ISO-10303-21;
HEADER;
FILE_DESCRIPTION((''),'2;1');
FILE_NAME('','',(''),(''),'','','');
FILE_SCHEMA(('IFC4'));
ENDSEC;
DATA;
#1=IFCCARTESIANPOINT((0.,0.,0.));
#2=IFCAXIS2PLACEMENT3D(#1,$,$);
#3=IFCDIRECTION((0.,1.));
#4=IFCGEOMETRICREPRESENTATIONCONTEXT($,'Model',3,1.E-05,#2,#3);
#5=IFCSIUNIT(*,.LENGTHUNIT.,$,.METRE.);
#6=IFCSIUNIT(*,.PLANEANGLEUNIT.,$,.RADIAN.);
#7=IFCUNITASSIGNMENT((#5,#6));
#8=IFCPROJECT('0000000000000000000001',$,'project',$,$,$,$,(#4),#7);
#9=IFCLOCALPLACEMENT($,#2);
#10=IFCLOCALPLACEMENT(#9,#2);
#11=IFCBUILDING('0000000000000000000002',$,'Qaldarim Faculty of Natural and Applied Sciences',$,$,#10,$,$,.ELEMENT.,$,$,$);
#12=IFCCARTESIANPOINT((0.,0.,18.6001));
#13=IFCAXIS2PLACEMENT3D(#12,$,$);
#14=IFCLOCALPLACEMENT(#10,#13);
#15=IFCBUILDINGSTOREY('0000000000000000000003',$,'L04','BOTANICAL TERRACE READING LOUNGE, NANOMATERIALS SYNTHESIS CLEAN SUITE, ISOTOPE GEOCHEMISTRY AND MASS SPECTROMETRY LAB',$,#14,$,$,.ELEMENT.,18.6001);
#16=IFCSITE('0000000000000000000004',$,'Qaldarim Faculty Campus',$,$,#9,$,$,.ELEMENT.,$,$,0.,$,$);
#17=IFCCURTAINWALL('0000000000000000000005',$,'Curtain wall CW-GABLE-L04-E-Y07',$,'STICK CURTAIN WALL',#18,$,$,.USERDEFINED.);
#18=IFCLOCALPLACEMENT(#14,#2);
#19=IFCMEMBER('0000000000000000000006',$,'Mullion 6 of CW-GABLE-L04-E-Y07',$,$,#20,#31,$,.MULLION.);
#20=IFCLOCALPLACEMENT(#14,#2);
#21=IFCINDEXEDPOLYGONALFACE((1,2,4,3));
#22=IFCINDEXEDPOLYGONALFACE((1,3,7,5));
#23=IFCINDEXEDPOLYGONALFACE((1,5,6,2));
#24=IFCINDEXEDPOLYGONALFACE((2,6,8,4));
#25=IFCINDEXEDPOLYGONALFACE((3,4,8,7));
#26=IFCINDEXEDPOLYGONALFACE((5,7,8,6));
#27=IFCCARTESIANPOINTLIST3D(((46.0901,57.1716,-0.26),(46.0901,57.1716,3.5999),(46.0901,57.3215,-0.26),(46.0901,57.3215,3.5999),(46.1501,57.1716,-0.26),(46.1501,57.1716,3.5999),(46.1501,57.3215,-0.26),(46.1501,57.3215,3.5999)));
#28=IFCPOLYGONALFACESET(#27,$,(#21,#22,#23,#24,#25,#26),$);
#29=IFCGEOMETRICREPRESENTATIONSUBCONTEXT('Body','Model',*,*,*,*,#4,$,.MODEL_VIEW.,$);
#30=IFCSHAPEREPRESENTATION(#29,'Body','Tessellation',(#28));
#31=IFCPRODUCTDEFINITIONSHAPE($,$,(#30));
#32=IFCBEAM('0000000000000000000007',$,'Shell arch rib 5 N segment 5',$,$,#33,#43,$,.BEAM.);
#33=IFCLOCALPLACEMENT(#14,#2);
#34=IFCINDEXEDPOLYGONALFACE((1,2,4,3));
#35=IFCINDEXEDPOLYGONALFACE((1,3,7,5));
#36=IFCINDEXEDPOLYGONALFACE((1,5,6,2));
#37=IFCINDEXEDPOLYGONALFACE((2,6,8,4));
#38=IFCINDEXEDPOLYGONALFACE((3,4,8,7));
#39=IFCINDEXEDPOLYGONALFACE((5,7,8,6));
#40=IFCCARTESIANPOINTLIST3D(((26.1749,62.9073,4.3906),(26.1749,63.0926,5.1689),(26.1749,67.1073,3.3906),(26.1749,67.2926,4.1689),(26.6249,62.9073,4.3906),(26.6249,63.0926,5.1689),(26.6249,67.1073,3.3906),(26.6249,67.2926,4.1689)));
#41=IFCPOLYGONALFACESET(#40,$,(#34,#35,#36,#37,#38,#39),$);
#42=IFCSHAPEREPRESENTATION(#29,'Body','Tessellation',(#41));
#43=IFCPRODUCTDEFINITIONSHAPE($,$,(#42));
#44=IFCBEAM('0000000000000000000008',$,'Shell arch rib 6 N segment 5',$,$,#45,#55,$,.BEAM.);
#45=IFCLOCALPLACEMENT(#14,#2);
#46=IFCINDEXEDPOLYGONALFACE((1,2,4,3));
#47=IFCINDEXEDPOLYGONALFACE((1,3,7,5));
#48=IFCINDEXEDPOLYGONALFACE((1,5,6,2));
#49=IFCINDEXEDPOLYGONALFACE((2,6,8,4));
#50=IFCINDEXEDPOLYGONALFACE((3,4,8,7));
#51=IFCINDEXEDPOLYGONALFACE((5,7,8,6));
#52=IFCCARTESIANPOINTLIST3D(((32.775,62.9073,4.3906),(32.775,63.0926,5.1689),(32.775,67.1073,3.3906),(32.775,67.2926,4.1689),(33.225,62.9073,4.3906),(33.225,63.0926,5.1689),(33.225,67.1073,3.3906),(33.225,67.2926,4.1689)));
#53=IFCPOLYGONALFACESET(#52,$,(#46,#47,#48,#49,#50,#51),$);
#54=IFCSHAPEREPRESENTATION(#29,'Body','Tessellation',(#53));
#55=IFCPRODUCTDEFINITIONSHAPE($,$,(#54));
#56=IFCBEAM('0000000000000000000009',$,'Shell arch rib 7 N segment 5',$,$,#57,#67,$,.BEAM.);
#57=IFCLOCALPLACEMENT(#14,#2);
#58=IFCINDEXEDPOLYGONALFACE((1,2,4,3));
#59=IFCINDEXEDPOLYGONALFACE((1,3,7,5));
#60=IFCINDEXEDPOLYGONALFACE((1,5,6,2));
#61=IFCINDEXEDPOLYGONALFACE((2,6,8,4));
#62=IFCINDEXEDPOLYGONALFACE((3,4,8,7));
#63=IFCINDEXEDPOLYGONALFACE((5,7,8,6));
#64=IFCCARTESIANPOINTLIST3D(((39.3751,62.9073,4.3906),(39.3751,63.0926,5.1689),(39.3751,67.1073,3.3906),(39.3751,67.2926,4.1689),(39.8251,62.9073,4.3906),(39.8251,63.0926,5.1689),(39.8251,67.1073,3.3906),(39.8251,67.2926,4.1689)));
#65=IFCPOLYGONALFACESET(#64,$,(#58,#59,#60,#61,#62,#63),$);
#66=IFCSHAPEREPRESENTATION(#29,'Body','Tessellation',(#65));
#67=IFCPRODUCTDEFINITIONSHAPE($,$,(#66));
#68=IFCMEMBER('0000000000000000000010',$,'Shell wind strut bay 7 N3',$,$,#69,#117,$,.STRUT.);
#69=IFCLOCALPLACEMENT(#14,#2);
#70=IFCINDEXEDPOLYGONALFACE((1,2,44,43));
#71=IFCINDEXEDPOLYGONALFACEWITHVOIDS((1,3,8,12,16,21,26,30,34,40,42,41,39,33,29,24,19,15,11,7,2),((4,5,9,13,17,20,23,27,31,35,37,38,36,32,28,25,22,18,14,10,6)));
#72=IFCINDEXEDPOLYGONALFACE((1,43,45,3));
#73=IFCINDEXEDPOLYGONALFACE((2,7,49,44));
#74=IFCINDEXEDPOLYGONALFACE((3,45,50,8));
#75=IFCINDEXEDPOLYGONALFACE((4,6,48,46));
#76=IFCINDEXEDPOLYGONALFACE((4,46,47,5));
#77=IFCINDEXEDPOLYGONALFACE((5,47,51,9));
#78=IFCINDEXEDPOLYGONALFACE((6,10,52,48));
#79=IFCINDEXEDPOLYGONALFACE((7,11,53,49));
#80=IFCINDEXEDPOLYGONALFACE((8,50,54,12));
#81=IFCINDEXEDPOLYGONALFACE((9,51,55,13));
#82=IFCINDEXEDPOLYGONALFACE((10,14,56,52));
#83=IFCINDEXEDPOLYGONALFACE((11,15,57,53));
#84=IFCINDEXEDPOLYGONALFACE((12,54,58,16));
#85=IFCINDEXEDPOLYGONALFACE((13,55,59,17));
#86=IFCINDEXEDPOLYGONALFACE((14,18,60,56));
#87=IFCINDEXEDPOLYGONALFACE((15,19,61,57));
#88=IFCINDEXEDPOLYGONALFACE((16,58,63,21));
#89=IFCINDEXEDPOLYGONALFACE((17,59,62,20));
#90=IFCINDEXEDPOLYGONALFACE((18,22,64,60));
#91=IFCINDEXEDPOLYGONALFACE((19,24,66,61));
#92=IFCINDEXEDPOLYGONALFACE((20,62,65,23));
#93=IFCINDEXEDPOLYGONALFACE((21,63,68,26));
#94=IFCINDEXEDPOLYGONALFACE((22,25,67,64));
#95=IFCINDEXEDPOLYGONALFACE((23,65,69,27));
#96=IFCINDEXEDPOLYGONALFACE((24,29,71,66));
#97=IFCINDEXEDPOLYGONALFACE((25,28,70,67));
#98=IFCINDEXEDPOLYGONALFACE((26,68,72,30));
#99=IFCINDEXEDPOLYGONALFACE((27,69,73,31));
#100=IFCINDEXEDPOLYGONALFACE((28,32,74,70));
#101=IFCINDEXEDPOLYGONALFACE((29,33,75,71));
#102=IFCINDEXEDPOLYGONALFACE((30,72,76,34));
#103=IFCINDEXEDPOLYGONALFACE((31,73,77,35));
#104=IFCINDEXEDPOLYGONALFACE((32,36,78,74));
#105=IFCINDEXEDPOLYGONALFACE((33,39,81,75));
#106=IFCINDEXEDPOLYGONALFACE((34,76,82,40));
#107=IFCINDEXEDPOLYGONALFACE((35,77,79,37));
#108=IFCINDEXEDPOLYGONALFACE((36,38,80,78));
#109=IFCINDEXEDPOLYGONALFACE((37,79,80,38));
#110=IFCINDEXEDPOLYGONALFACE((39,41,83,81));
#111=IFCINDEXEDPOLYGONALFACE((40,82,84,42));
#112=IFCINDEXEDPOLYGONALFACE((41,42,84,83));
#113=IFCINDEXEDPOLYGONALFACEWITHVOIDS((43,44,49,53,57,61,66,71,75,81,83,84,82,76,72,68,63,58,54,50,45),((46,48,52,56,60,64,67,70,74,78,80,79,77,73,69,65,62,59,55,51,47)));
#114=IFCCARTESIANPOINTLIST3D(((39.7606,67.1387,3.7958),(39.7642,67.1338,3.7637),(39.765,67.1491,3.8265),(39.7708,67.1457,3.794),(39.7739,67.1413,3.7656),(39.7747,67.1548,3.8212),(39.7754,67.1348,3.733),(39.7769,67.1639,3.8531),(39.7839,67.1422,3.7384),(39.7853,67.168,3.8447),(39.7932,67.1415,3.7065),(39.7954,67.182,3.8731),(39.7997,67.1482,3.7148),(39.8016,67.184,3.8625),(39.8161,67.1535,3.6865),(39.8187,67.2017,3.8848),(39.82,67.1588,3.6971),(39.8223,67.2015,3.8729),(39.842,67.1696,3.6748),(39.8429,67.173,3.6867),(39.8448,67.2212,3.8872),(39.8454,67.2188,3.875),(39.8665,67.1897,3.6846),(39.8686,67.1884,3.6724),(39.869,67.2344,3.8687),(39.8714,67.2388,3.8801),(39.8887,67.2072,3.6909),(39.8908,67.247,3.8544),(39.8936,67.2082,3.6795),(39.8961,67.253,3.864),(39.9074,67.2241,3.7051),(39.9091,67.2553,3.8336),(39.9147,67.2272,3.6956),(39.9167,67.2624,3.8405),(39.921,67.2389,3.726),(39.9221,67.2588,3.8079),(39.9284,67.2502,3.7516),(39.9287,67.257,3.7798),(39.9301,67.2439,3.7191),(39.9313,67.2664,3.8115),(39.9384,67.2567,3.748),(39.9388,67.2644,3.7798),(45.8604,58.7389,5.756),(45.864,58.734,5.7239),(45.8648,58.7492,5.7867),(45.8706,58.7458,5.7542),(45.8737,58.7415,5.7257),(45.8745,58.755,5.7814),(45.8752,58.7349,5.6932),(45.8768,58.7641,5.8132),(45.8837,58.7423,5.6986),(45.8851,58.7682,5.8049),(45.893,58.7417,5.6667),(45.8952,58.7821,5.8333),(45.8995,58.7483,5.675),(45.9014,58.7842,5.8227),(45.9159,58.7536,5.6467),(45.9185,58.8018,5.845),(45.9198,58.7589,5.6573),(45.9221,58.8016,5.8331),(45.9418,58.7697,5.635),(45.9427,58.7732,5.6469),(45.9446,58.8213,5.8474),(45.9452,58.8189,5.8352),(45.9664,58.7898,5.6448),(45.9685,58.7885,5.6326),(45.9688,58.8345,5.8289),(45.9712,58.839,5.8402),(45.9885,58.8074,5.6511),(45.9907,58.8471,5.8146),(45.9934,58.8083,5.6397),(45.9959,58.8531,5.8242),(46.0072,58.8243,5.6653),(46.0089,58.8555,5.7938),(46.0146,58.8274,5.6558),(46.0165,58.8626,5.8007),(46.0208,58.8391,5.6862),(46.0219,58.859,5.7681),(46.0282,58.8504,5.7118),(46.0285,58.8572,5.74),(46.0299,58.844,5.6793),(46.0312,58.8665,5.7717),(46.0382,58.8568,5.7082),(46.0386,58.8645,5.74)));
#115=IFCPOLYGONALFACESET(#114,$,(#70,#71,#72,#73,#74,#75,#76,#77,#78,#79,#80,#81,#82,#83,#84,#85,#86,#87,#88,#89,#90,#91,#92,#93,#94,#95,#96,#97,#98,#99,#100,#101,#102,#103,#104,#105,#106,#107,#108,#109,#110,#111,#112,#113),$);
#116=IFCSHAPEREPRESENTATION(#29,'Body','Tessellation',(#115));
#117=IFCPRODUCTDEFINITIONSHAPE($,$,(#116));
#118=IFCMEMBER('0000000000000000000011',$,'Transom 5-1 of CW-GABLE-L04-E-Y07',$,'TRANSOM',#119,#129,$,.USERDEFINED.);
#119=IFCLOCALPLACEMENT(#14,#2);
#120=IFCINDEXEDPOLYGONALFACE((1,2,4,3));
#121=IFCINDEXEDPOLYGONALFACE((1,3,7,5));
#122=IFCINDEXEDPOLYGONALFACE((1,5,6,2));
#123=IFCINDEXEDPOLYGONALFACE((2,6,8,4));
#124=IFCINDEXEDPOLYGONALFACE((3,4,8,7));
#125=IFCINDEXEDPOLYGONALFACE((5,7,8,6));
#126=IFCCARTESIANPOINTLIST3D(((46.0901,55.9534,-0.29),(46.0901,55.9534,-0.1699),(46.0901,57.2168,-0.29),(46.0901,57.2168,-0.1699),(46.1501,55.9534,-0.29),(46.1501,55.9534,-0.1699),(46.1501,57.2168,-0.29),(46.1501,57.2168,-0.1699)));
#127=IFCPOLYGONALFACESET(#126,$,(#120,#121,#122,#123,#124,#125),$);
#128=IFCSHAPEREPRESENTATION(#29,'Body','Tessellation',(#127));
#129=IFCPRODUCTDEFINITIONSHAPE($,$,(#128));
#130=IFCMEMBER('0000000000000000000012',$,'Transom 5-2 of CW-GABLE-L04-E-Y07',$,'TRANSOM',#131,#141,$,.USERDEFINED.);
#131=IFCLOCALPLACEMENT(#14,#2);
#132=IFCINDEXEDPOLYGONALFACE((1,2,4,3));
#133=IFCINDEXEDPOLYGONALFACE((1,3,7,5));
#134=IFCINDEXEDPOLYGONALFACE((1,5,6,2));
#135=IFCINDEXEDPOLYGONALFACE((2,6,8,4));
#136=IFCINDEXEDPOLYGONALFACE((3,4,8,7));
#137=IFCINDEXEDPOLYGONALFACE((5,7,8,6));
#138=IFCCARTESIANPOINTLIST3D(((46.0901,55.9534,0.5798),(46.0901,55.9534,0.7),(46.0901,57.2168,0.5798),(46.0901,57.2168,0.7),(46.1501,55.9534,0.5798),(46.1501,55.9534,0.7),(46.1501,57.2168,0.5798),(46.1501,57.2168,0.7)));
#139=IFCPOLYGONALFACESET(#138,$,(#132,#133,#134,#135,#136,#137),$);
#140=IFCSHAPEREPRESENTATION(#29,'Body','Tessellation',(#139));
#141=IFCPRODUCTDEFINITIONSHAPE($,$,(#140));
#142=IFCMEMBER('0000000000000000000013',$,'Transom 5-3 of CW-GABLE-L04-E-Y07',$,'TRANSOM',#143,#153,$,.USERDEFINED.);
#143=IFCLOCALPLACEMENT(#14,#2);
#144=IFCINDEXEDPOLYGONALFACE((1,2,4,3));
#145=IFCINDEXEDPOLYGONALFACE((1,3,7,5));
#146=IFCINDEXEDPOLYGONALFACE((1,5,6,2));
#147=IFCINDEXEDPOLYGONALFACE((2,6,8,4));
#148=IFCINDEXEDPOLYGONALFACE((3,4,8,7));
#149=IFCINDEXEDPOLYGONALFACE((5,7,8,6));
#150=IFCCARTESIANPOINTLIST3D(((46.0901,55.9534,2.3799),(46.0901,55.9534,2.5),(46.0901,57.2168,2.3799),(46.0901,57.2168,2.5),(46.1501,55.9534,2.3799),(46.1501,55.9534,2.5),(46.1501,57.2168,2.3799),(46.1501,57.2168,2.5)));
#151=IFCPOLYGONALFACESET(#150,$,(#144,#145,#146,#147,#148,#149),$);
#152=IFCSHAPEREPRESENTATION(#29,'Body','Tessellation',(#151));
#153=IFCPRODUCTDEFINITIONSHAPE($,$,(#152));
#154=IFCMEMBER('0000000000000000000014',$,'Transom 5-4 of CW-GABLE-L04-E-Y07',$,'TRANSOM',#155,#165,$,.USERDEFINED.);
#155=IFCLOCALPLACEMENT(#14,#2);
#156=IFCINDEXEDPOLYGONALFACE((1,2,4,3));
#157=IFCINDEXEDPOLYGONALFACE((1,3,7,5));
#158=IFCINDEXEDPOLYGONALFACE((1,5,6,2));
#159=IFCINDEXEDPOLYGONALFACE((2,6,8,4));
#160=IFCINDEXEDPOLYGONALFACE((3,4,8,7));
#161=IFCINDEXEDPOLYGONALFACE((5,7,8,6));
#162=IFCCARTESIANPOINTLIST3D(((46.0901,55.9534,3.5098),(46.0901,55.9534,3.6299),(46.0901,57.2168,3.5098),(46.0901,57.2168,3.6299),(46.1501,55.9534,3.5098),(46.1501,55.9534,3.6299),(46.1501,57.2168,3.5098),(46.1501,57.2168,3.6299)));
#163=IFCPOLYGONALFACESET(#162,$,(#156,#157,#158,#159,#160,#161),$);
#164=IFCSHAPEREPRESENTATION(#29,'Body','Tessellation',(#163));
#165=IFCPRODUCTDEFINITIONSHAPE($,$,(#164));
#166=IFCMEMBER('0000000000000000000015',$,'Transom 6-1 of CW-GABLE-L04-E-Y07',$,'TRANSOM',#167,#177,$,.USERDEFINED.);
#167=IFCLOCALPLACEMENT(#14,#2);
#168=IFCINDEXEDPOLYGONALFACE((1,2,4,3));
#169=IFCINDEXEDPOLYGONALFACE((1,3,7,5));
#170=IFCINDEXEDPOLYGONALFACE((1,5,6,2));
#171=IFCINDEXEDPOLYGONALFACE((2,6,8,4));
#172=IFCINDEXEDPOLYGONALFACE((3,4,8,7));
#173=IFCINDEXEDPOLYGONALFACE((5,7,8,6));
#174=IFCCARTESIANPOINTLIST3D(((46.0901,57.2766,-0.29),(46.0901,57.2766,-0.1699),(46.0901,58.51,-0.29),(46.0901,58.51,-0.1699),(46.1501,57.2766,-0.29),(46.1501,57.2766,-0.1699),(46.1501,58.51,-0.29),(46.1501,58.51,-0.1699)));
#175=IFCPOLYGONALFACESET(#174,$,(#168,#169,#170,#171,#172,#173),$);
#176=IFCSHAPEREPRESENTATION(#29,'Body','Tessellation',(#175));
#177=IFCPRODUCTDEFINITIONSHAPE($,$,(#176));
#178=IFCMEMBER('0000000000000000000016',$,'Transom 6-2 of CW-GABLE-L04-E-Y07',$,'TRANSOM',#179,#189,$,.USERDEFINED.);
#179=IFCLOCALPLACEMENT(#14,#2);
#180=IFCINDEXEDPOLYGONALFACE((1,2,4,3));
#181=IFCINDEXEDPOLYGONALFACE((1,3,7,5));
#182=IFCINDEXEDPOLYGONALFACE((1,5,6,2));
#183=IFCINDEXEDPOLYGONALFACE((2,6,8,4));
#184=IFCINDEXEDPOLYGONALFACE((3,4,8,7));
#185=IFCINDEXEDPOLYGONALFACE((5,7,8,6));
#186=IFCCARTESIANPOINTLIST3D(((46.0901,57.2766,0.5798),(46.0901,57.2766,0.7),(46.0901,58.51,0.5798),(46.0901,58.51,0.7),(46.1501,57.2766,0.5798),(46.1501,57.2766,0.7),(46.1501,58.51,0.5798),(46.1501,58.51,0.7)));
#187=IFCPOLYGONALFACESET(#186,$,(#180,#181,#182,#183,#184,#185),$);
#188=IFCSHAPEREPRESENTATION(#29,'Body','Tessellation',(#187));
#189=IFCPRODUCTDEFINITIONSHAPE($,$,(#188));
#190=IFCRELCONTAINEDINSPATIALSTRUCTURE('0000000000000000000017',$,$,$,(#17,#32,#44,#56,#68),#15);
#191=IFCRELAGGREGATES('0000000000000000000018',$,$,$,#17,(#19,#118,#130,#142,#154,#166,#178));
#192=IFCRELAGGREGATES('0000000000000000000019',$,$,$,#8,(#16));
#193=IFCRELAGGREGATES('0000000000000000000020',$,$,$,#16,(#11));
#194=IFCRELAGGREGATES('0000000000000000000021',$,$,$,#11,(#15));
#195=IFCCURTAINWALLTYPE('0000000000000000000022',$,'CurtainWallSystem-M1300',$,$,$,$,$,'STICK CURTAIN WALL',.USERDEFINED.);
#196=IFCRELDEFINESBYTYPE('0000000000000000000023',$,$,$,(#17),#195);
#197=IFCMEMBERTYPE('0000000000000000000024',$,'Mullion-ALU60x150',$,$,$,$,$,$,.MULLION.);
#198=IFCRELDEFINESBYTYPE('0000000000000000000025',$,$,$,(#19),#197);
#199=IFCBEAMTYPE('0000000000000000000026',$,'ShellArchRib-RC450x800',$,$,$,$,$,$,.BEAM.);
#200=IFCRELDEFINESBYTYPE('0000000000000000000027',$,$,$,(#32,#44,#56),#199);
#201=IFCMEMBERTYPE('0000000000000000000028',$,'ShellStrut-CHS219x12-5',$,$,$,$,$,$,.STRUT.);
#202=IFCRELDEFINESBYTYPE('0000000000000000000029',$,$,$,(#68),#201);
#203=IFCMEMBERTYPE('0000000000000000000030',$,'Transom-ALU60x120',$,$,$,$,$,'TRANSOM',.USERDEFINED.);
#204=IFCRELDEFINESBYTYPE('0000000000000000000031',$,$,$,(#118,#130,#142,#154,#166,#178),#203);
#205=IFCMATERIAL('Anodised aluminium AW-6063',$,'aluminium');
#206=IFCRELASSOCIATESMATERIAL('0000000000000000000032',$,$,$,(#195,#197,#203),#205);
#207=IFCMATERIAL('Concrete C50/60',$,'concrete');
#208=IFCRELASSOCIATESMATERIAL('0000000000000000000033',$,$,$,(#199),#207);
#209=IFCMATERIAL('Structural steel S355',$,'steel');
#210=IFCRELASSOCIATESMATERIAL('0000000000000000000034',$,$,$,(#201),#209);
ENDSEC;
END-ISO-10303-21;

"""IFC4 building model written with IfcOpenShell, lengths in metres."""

from ifc_helpers import new_model, si_unit, direction, frame, origin, origin_2d, place, context, subcontext, project, spatial, rectangle, hollow_circle, extrude, material, material_profile, profile_set, type_object, element, aggregate, save


model = new_model("IFC4")

# Units and contexts
model_context = context("Model", 3, precision=1e-05, world=origin(), true_north=direction((0.0, 1.0)))
body_context = subcontext(model_context, "Body", "Model", "MODEL_VIEW")
ifc_project = project(units=[si_unit("LENGTHUNIT", "METRE"), si_unit("PLANEANGLEUNIT", "RADIAN")], contexts=[model_context])

# Site, building, storey
site_placement = place(None, origin())
site = spatial("IfcSite", under=ifc_project, at=site_placement, Name="Qaldarim Faculty Campus", CompositionType="ELEMENT", RefElevation=0.0)
building_placement = place(site_placement, origin())
building = spatial("IfcBuilding", under=site, at=building_placement, Name="Qaldarim Faculty of Natural and Applied Sciences", CompositionType="ELEMENT")
storey_placement = place(building_placement, frame((0.0, 0.0, 18.6001)))
storey = spatial("IfcBuildingStorey", under=building, at=storey_placement, Name="L04", Description="BOTANICAL TERRACE READING LOUNGE, NANOMATERIALS SYNTHESIS CLEAN SUITE, ISOTOPE GEOCHEMISTRY AND MASS SPECTROMETRY LAB", CompositionType="ELEMENT", Elevation=18.6001)

# Curtain wall, member
ifc_material_1 = material(Name="Anodised aluminium AW-6063", Category="aluminium")
curtain_wall_type = type_object("IfcCurtainWallType", Name="CurtainWallSystem-M1300", ElementType="STICK CURTAIN WALL", PredefinedType="USERDEFINED", material=ifc_material_1)
curtain_wall_placement = place(storey_placement, origin())
curtain_wall = element("IfcCurtainWall", 1, at=curtain_wall_placement, inside=storey, type_object=curtain_wall_type, Name="Curtain wall CW-GABLE-L04-E-Y07", ObjectType="STICK CURTAIN WALL", PredefinedType="USERDEFINED")
ifc_material_profile_1 = material_profile(ifc_material_1, rectangle(XDim=0.0601, YDim=0.1499, at=origin_2d()), Name="ALU-M60x150")
ifc_profile_set_1 = profile_set([ifc_material_profile_1], Name="Anodised aluminium AW-6063")
member_type_1 = type_object("IfcMemberType", Name="Mullion-ALU60x150", PredefinedType="MULLION", material=ifc_profile_set_1)
member_1_placement = place(storey_placement, frame((46.1201, 57.2466, -0.26), z_axis=(0.0, 0.0, 1.0), x_axis=(-1.0, 0.0, 0.0)))
member_1 = element("IfcMember", 2, at=member_1_placement, type_object=member_type_1, Name="Mullion 6 of CW-GABLE-L04-E-Y07", PredefinedType="MULLION", context=body_context, shape_type="SweptSolid", body=[
    extrude(rectangle(XDim=0.0601, YDim=0.1499, at=origin_2d()), origin(), (0.0, 0.0, 1.0), 3.8599),
])

# Beams
ifc_material_2 = material(Name="Concrete C50/60", Category="concrete")
ifc_material_profile_2 = material_profile(ifc_material_2, rectangle(XDim=0.45, YDim=0.8, at=origin_2d()), Name="RC-RIB450x800")
ifc_profile_set_2 = profile_set([ifc_material_profile_2], Name="Concrete C50/60")
beam_type = type_object("IfcBeamType", Name="ShellArchRib-RC450x800", PredefinedType="BEAM", material=ifc_profile_set_2)
for number, where, z_axis, x_axis, name in (
    (3, (26.3999, 67.2, 3.7798), (0.0, -0.972806, 0.231623), (1.0, 0.0, 0.0), "Shell arch rib 5 N segment 5"),
    (4, (33.0, 67.2, 3.7798), (0.0, -0.972806, 0.231623), (1.0, 0.0, 0.0), "Shell arch rib 6 N segment 5"),
    (5, (39.6001, 67.2, 3.7798), (0.0, -0.972806, 0.231623), (1.0, 0.0, 0.0), "Shell arch rib 7 N segment 5"),
):
    element("IfcBeam", number, at=place(storey_placement, frame(where, z_axis=z_axis, x_axis=x_axis)), inside=storey, type_object=beam_type, Name=name, PredefinedType="BEAM", context=body_context, shape_type="SweptSolid", body=[
        extrude(rectangle(XDim=0.45, YDim=0.8, at=origin_2d()), origin(), (0.0, 0.0, 1.0), 4.3174),
    ])

# Members
ifc_material_3 = material(Name="Structural steel S355", Category="steel")
ifc_material_profile_3 = material_profile(ifc_material_3, hollow_circle(Radius=0.1096, WallThickness=0.0125, at=origin_2d()), Name="CHS 219.1x12.5")
ifc_profile_set_3 = profile_set([ifc_material_profile_3], Name="Structural steel S355")
member_type_2 = type_object("IfcMemberType", Name="ShellStrut-CHS219x12-5", PredefinedType="STRUT", material=ifc_profile_set_3)
member_2_placement = place(storey_placement, frame((39.8501, 67.2, 3.7798), z_axis=(0.577391, -0.795105, 0.185546), x_axis=(0.809156, 0.587594, 0.0)))
element("IfcMember", 6, at=member_2_placement, inside=storey, type_object=member_type_2, Name="Shell wind strut bay 7 N3", PredefinedType="STRUT", context=body_context, shape_type="SweptSolid", body=[
    extrude(hollow_circle(Radius=0.1096, WallThickness=0.0125, at=origin_2d()), origin(), (0.0, 0.0, 1.0), 10.5645),
])
ifc_material_profile_4 = material_profile(ifc_material_1, rectangle(XDim=0.0601, YDim=0.1201, at=origin_2d()), Name="ALU-T60x120")
ifc_profile_set_4 = profile_set([ifc_material_profile_4], Name="Anodised aluminium AW-6063")
member_type_3 = type_object("IfcMemberType", Name="Transom-ALU60x120", ElementType="TRANSOM", PredefinedType="USERDEFINED", material=ifc_profile_set_4)
member_3_placement = place(storey_placement, frame((46.1201, 55.9534, -0.23), z_axis=(0.0, 1.0, 0.0), x_axis=(-1.0, 0.0, 0.0)))
member_3 = element("IfcMember", 7, at=member_3_placement, type_object=member_type_3, Name="Transom 5-1 of CW-GABLE-L04-E-Y07", ObjectType="TRANSOM", PredefinedType="USERDEFINED", context=body_context, shape_type="SweptSolid", body=[
    extrude(rectangle(XDim=0.0601, YDim=0.1201, at=origin_2d()), origin(), (0.0, 0.0, 1.0), 1.2634),
])
member_4_placement = place(storey_placement, frame((46.1201, 55.9534, 0.6399), z_axis=(0.0, 1.0, 0.0), x_axis=(-1.0, 0.0, 0.0)))
member_4 = element("IfcMember", 8, at=member_4_placement, type_object=member_type_3, Name="Transom 5-2 of CW-GABLE-L04-E-Y07", ObjectType="TRANSOM", PredefinedType="USERDEFINED", context=body_context, shape_type="SweptSolid", body=[
    extrude(rectangle(XDim=0.0601, YDim=0.1201, at=origin_2d()), origin(), (0.0, 0.0, 1.0), 1.2634),
])
member_5_placement = place(storey_placement, frame((46.1201, 55.9534, 2.4399), z_axis=(0.0, 1.0, 0.0), x_axis=(-1.0, 0.0, 0.0)))
member_5 = element("IfcMember", 9, at=member_5_placement, type_object=member_type_3, Name="Transom 5-3 of CW-GABLE-L04-E-Y07", ObjectType="TRANSOM", PredefinedType="USERDEFINED", context=body_context, shape_type="SweptSolid", body=[
    extrude(rectangle(XDim=0.0601, YDim=0.1201, at=origin_2d()), origin(), (0.0, 0.0, 1.0), 1.2634),
])
member_6_placement = place(storey_placement, frame((46.1201, 55.9534, 3.5698), z_axis=(0.0, 1.0, 0.0), x_axis=(-1.0, 0.0, 0.0)))
member_6 = element("IfcMember", 10, at=member_6_placement, type_object=member_type_3, Name="Transom 5-4 of CW-GABLE-L04-E-Y07", ObjectType="TRANSOM", PredefinedType="USERDEFINED", context=body_context, shape_type="SweptSolid", body=[
    extrude(rectangle(XDim=0.0601, YDim=0.1201, at=origin_2d()), origin(), (0.0, 0.0, 1.0), 1.2634),
])
member_7_placement = place(storey_placement, frame((46.1201, 57.2766, -0.23), z_axis=(0.0, 1.0, 0.0), x_axis=(-1.0, 0.0, 0.0)))
member_7 = element("IfcMember", 11, at=member_7_placement, type_object=member_type_3, Name="Transom 6-1 of CW-GABLE-L04-E-Y07", ObjectType="TRANSOM", PredefinedType="USERDEFINED", context=body_context, shape_type="SweptSolid", body=[
    extrude(rectangle(XDim=0.0601, YDim=0.1201, at=origin_2d()), origin(), (0.0, 0.0, 1.0), 1.2334),
])
member_8_placement = place(storey_placement, frame((46.1201, 57.2766, 0.6399), z_axis=(0.0, 1.0, 0.0), x_axis=(-1.0, 0.0, 0.0)))
member_8 = element("IfcMember", 12, at=member_8_placement, type_object=member_type_3, Name="Transom 6-2 of CW-GABLE-L04-E-Y07", ObjectType="TRANSOM", PredefinedType="USERDEFINED", context=body_context, shape_type="SweptSolid", body=[
    extrude(rectangle(XDim=0.0601, YDim=0.1201, at=origin_2d()), origin(), (0.0, 0.0, 1.0), 1.2334),
])

aggregate(curtain_wall, [member_1, member_3, member_4, member_5, member_6, member_7, member_8])

save(model, "model.ifc")
